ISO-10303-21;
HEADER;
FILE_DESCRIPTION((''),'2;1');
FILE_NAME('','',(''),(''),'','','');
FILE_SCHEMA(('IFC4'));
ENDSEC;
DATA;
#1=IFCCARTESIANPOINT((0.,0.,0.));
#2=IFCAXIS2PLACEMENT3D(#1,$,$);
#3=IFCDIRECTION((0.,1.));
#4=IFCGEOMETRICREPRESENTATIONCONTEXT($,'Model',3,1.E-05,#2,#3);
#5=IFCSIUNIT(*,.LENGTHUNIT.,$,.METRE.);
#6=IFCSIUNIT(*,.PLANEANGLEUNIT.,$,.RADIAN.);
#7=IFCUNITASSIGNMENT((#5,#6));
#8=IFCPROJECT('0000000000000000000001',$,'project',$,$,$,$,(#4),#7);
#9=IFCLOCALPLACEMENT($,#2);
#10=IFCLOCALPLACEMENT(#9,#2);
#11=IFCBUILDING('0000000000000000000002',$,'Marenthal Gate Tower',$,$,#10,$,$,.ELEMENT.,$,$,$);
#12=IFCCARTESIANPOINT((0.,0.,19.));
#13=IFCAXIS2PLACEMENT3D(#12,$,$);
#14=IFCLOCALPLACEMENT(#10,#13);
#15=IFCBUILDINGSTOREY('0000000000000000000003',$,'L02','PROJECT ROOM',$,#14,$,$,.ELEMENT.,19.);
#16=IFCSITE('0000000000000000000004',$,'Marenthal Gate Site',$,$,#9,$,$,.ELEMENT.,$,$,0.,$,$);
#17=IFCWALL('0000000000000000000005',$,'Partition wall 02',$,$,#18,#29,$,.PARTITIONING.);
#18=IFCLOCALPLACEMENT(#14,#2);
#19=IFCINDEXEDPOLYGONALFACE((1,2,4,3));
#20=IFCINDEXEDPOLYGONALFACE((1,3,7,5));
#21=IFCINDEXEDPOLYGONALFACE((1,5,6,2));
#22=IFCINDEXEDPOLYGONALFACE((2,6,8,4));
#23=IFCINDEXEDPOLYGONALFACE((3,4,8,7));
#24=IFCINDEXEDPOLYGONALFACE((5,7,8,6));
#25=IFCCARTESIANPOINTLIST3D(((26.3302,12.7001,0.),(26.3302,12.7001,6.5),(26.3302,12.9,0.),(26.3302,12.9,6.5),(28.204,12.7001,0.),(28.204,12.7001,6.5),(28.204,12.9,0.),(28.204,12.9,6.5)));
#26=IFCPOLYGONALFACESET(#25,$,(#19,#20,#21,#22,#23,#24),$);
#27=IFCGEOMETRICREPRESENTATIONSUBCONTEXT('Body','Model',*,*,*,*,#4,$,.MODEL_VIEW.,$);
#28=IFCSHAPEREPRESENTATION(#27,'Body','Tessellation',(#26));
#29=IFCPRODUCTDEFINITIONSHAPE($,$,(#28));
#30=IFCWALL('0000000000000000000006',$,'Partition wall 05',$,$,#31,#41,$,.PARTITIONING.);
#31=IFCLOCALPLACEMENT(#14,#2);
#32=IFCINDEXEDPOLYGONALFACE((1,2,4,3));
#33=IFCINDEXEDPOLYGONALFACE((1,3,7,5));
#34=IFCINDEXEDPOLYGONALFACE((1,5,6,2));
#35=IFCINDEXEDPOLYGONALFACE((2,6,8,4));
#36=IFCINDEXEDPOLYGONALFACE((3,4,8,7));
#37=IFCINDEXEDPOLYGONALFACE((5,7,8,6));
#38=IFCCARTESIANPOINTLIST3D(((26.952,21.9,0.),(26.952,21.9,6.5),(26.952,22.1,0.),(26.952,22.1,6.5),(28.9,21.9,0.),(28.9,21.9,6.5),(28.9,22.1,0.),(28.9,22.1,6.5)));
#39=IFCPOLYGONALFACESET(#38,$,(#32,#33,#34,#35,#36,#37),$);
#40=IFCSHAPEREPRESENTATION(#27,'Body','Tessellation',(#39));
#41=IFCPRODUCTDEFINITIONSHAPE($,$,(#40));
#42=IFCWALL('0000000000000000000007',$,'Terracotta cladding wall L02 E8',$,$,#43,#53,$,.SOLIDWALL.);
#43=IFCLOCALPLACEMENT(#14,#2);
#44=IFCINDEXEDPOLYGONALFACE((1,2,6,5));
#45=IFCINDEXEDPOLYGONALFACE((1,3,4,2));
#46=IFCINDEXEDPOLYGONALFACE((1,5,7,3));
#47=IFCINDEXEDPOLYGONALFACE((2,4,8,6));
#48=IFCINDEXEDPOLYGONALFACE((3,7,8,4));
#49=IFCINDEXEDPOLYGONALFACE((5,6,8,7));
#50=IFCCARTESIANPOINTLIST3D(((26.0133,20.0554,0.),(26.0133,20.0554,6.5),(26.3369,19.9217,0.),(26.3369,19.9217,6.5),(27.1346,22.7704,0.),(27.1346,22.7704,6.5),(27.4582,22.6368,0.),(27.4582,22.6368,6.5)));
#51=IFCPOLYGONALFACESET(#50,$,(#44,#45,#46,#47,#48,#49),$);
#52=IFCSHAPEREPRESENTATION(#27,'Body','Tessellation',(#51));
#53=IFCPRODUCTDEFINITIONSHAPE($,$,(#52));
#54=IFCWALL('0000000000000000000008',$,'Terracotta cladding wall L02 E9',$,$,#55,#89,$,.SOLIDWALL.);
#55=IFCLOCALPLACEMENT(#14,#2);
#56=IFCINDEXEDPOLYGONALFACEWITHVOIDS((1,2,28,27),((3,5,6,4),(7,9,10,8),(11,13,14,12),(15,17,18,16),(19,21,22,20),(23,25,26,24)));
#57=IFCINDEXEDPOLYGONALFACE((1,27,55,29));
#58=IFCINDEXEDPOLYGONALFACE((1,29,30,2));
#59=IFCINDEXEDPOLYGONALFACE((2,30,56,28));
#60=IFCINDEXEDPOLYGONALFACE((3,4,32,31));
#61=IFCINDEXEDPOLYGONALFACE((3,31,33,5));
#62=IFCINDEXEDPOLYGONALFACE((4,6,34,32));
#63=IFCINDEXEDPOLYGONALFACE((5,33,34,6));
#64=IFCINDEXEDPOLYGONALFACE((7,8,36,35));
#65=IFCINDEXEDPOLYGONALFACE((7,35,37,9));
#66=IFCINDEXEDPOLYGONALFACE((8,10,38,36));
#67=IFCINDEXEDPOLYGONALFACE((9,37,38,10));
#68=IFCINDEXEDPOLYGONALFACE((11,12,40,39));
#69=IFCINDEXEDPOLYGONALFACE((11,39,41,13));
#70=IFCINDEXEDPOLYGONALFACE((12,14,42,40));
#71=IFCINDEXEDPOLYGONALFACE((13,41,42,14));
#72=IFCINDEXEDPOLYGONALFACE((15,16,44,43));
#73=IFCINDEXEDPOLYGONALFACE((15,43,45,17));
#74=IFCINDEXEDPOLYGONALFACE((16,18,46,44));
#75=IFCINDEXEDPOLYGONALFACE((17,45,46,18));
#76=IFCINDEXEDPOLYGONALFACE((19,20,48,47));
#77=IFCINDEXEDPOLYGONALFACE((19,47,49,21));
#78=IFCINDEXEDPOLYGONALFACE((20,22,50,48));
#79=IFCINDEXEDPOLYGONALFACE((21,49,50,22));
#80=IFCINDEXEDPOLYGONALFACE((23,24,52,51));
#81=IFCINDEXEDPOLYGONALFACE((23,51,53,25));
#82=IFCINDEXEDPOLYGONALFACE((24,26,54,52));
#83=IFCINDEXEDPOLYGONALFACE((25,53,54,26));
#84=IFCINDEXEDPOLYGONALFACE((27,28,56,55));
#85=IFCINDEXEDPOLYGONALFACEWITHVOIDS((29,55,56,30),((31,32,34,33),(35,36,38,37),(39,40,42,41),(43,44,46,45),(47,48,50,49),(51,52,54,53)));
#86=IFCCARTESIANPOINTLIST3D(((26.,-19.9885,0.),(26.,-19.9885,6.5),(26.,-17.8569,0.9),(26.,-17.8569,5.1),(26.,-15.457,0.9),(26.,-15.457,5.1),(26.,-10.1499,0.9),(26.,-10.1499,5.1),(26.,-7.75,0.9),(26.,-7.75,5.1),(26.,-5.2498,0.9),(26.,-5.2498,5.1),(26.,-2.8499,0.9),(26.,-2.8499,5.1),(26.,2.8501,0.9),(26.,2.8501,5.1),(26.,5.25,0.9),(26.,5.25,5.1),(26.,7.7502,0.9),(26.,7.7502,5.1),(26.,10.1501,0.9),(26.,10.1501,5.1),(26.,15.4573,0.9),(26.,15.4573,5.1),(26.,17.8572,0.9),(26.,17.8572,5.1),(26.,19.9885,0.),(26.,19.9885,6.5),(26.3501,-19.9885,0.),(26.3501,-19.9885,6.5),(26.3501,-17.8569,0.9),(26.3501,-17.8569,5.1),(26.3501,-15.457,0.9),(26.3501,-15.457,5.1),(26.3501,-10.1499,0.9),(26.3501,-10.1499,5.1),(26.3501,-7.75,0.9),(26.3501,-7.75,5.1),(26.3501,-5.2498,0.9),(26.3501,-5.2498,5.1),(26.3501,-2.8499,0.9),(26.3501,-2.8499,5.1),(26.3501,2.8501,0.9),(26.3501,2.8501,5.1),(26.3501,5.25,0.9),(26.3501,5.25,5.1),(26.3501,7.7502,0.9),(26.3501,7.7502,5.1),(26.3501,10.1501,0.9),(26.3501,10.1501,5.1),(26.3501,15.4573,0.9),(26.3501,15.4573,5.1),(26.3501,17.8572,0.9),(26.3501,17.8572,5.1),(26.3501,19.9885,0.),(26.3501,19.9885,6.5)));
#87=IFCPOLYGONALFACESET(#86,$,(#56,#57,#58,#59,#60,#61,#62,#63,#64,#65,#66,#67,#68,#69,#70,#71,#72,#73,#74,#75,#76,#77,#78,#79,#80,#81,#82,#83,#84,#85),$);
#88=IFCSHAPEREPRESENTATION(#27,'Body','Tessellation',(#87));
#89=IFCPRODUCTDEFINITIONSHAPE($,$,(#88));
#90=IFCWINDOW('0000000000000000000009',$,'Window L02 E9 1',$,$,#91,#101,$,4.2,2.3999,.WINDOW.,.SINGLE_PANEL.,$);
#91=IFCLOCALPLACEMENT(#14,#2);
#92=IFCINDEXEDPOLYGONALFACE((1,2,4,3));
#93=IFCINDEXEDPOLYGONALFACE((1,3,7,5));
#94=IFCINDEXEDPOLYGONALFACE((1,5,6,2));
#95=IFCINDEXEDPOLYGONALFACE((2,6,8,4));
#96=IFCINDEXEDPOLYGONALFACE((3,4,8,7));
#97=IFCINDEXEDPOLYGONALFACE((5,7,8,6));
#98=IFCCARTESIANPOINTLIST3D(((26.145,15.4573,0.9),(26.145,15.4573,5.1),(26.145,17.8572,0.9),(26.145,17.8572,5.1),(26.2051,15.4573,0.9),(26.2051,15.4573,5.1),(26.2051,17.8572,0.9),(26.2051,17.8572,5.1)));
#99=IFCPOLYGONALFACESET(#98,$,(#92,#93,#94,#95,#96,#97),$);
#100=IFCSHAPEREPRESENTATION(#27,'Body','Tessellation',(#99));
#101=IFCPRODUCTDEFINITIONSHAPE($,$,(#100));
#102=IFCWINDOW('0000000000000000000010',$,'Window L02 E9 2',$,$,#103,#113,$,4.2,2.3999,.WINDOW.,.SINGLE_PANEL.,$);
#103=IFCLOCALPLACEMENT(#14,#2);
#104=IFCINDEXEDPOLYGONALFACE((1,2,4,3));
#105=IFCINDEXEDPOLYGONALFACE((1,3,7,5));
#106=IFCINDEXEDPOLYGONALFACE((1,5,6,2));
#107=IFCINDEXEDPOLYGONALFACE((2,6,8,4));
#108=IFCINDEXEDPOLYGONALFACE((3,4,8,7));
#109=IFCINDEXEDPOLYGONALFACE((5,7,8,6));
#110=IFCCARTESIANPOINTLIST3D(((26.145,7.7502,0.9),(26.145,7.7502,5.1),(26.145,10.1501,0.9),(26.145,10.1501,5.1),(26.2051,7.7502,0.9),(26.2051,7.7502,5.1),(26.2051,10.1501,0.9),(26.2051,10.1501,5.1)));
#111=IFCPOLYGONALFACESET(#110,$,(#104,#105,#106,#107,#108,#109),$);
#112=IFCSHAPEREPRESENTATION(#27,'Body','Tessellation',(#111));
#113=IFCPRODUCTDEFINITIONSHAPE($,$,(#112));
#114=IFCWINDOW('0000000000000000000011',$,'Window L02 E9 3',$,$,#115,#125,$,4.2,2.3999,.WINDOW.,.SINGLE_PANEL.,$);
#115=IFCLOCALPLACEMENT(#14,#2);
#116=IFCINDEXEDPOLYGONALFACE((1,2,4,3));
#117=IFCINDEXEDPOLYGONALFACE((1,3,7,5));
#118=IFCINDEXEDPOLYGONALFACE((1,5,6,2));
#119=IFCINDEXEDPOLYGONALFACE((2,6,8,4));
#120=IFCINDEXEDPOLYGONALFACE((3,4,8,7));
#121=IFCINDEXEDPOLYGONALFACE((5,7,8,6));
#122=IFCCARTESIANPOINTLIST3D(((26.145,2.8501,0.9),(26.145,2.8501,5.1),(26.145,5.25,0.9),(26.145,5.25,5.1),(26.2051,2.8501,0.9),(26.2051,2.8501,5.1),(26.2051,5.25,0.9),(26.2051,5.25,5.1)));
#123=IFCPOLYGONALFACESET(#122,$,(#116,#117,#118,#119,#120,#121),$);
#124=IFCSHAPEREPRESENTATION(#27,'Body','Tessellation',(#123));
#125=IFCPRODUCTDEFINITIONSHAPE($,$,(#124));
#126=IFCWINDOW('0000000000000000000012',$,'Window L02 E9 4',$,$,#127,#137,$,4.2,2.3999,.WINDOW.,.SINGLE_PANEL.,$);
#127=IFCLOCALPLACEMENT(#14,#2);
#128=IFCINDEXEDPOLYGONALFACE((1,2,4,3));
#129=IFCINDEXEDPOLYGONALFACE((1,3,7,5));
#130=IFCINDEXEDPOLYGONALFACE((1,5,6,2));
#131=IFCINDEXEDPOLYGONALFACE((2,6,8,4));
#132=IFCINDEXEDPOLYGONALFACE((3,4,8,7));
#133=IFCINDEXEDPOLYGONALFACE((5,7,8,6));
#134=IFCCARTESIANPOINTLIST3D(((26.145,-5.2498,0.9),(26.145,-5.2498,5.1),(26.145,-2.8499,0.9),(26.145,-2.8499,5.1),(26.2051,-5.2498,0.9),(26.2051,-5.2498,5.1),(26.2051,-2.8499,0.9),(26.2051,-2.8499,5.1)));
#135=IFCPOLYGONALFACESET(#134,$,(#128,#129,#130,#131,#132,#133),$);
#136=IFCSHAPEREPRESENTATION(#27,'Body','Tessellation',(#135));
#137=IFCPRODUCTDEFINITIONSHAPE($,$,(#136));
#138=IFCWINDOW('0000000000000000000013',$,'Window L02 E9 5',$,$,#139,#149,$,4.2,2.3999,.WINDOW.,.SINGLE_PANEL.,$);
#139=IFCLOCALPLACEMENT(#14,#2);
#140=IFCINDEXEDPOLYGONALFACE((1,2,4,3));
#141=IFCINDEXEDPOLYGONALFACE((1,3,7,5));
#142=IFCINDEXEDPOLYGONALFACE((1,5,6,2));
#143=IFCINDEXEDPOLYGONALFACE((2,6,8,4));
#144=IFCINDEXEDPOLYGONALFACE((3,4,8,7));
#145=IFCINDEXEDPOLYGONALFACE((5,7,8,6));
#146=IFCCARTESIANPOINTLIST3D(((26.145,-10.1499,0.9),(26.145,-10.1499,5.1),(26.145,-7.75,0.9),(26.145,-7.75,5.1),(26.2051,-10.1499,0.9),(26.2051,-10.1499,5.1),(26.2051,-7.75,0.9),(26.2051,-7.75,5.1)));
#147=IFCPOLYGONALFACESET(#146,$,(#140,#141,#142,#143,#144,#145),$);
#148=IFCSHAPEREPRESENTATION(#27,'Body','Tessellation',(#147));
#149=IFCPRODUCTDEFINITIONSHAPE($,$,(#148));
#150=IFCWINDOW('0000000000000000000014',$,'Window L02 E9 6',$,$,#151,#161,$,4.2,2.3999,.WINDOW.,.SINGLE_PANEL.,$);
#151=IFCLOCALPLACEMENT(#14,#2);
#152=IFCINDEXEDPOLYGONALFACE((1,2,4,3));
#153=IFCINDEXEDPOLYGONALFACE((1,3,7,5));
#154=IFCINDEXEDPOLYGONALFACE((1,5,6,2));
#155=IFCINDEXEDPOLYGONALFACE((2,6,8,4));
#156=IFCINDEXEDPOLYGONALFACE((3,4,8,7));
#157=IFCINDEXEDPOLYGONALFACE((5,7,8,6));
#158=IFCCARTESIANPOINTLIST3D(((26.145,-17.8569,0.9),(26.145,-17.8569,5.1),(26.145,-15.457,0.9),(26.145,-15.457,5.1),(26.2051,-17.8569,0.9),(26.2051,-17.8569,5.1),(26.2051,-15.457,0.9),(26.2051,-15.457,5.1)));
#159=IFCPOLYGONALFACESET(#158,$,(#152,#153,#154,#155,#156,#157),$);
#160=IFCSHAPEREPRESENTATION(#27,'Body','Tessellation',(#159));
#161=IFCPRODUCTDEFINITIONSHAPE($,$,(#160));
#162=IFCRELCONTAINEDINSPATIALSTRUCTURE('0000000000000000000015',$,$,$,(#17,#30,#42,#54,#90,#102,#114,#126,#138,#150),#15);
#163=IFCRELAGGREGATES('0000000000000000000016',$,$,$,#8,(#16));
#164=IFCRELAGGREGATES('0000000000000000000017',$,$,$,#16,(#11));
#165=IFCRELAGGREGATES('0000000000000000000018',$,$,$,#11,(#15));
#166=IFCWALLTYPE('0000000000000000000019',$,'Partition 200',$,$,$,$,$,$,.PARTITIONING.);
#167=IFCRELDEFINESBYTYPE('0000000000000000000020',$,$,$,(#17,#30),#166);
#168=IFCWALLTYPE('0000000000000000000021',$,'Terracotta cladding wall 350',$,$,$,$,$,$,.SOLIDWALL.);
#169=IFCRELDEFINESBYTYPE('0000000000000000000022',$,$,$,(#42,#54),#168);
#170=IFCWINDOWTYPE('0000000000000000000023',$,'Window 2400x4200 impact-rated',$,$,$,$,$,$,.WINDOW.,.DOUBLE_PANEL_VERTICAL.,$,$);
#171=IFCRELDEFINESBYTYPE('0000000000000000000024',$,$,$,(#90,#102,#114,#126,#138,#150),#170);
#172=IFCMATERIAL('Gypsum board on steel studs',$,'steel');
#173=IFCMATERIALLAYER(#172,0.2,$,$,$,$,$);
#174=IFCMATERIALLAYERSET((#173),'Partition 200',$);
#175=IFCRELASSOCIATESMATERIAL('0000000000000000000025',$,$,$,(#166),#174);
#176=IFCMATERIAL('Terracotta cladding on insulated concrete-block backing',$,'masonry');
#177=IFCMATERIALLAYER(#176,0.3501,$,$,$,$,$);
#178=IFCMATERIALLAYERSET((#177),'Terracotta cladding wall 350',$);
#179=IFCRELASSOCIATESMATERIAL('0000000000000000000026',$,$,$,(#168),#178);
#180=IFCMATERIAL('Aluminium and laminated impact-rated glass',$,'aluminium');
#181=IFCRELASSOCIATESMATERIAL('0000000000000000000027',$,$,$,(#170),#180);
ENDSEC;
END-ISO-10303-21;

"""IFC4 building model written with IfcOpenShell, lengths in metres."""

from ifc_helpers import new_model, si_unit, direction, frame, frame_2d, origin, place, context, subcontext, project, spatial, rectangle, extrude, material, layer, layer_set, type_object, element, fill, save


model = new_model("IFC4")

# Units and contexts
model_context = context("Model", 3, precision=1e-05, world=origin(), true_north=direction((0.0, 1.0)))
body_context = subcontext(model_context, "Body", "Model", "MODEL_VIEW")
ifc_project = project(units=[si_unit("LENGTHUNIT", "METRE"), si_unit("PLANEANGLEUNIT", "RADIAN")], contexts=[model_context])

# Site, building, storey
site_placement = place(None, origin())
site = spatial("IfcSite", under=ifc_project, at=site_placement, Name="Marenthal Gate Site", CompositionType="ELEMENT", RefElevation=0.0)
building_placement = place(site_placement, origin())
building = spatial("IfcBuilding", under=site, at=building_placement, Name="Marenthal Gate Tower", CompositionType="ELEMENT")
storey_placement = place(building_placement, frame((0.0, 0.0, 19.0)))
storey = spatial("IfcBuildingStorey", under=building, at=storey_placement, Name="L02", Description="PROJECT ROOM", CompositionType="ELEMENT", Elevation=19.0)

# Walls
ifc_material_1 = material(Name="Gypsum board on steel studs", Category="steel")
ifc_layer_1 = layer(ifc_material_1, 0.2)
ifc_layer_set_1 = layer_set([ifc_layer_1], Name="Partition 200")
wall_type_1 = type_object("IfcWallType", Name="Partition 200", PredefinedType="PARTITIONING", material=ifc_layer_set_1)
wall_1_placement = place(storey_placement, frame((26.3301, 12.8, 0.0), z_axis=(0.0, 0.0, 1.0), x_axis=(1.0, 0.0, 0.0)))
element("IfcWall", 1, at=wall_1_placement, inside=storey, type_object=wall_type_1, Name="Partition wall 02", PredefinedType="PARTITIONING", context=body_context, shape_type="SweptSolid", body=[
    extrude(rectangle(XDim=1.8738, YDim=0.2, at=frame_2d((0.937, 0.0))), origin(), (0.0, 0.0, 1.0), 6.5),
])
wall_2_placement = place(storey_placement, frame((26.9519, 22.0, 0.0), z_axis=(0.0, 0.0, 1.0), x_axis=(1.0, 0.0, 0.0)))
element("IfcWall", 2, at=wall_2_placement, inside=storey, type_object=wall_type_1, Name="Partition wall 05", PredefinedType="PARTITIONING", context=body_context, shape_type="SweptSolid", body=[
    extrude(rectangle(XDim=1.948, YDim=0.2, at=frame_2d((0.9741, 0.0))), origin(), (0.0, 0.0, 1.0), 6.5),
])
ifc_material_2 = material(Name="Terracotta cladding on insulated concrete-block backing", Category="masonry")
ifc_layer_2 = layer(ifc_material_2, 0.3501)
ifc_layer_set_2 = layer_set([ifc_layer_2], Name="Terracotta cladding wall 350")
wall_type_2 = type_object("IfcWallType", Name="Terracotta cladding wall 350", PredefinedType="SOLIDWALL", material=ifc_layer_set_2)
wall_3_placement = place(storey_placement, frame((27.2964, 22.7036, 0.0), z_axis=(0.0, 0.0, 1.0), x_axis=(-0.381728, -0.924275, 0.0)))
element("IfcWall", 3, at=wall_3_placement, inside=storey, type_object=wall_type_2, Name="Terracotta cladding wall L02 E8", PredefinedType="SOLIDWALL", context=body_context, shape_type="SweptSolid", body=[
    extrude(rectangle(XDim=2.9375, YDim=0.3501, at=frame_2d((1.4688, 0.0))), origin(), (0.0, 0.0, 1.0), 6.5),
])

# Wall, openings, windows
wall_4_placement = place(storey_placement, frame((26.175, 19.9885, 0.0), z_axis=(0.0, 0.0, 1.0), x_axis=(0.0, -1.0, 0.0)))
wall_4 = element("IfcWall", 4, at=wall_4_placement, inside=storey, type_object=wall_type_2, Name="Terracotta cladding wall L02 E9", PredefinedType="SOLIDWALL", context=body_context, shape_type="SweptSolid", body=[
    extrude(rectangle(XDim=39.9771, YDim=0.3501, at=frame_2d((19.9885, 0.0))), origin(), (0.0, 0.0, 1.0), 6.5),
])
opening_1_placement = place(wall_4_placement, frame((2.1313, 0.0, 0.8999)))
opening_1 = element("IfcOpeningElement", 5, at=opening_1_placement, cuts=wall_4, PredefinedType="OPENING", context=body_context, shape_type="SweptSolid", body=[
    extrude(rectangle(XDim=2.3999, YDim=4.2, at=frame_2d((1.2, 2.1001))), frame((0.0, 0.1851, 0.0), z_axis=(0.0, -1.0, 0.0), x_axis=(1.0, 0.0, 0.0)), (0.0, 0.0, 1.0), 0.3701),
])
opening_2_placement = place(wall_4_placement, frame((9.8384, 0.0, 0.8999)))
opening_2 = element("IfcOpeningElement", 6, at=opening_2_placement, cuts=wall_4, PredefinedType="OPENING", context=body_context, shape_type="SweptSolid", body=[
    extrude(rectangle(XDim=2.3999, YDim=4.2, at=frame_2d((1.2, 2.1001))), frame((0.0, 0.1851, 0.0), z_axis=(0.0, -1.0, 0.0), x_axis=(1.0, 0.0, 0.0)), (0.0, 0.0, 1.0), 0.3701),
])
opening_3_placement = place(wall_4_placement, frame((14.7385, 0.0, 0.8999)))
opening_3 = element("IfcOpeningElement", 7, at=opening_3_placement, cuts=wall_4, PredefinedType="OPENING", context=body_context, shape_type="SweptSolid", body=[
    extrude(rectangle(XDim=2.3999, YDim=4.2, at=frame_2d((1.2, 2.1001))), frame((0.0, 0.1851, 0.0), z_axis=(0.0, -1.0, 0.0), x_axis=(1.0, 0.0, 0.0)), (0.0, 0.0, 1.0), 0.3701),
])
opening_4_placement = place(wall_4_placement, frame((22.8384, 0.0, 0.8999)))
opening_4 = element("IfcOpeningElement", 8, at=opening_4_placement, cuts=wall_4, PredefinedType="OPENING", context=body_context, shape_type="SweptSolid", body=[
    extrude(rectangle(XDim=2.3999, YDim=4.2, at=frame_2d((1.2, 2.1001))), frame((0.0, 0.1851, 0.0), z_axis=(0.0, -1.0, 0.0), x_axis=(1.0, 0.0, 0.0)), (0.0, 0.0, 1.0), 0.3701),
])
opening_5_placement = place(wall_4_placement, frame((27.7385, 0.0, 0.8999)))
opening_5 = element("IfcOpeningElement", 9, at=opening_5_placement, cuts=wall_4, PredefinedType="OPENING", context=body_context, shape_type="SweptSolid", body=[
    extrude(rectangle(XDim=2.3999, YDim=4.2, at=frame_2d((1.2, 2.1001))), frame((0.0, 0.1851, 0.0), z_axis=(0.0, -1.0, 0.0), x_axis=(1.0, 0.0, 0.0)), (0.0, 0.0, 1.0), 0.3701),
])
opening_6_placement = place(wall_4_placement, frame((35.4456, 0.0, 0.8999)))
opening_6 = element("IfcOpeningElement", 10, at=opening_6_placement, cuts=wall_4, PredefinedType="OPENING", context=body_context, shape_type="SweptSolid", body=[
    extrude(rectangle(XDim=2.3999, YDim=4.2, at=frame_2d((1.2, 2.1001))), frame((0.0, 0.1851, 0.0), z_axis=(0.0, -1.0, 0.0), x_axis=(1.0, 0.0, 0.0)), (0.0, 0.0, 1.0), 0.3701),
])
ifc_material_3 = material(Name="Aluminium and laminated impact-rated glass", Category="aluminium")
window_type = type_object("IfcWindowType", Name="Window 2400x4200 impact-rated", PartitioningType="DOUBLE_PANEL_VERTICAL", PredefinedType="WINDOW", material=ifc_material_3)
window_1_placement = place(opening_1_placement, origin())
window_1 = element("IfcWindow", 11, at=window_1_placement, inside=storey, type_object=window_type, Name="Window L02 E9 1", OverallHeight=4.2, OverallWidth=2.3999, PartitioningType="SINGLE_PANEL", PredefinedType="WINDOW", context=body_context, shape_type="SweptSolid", body=[
    extrude(rectangle(XDim=2.3999, YDim=4.2, at=frame_2d((1.2, 2.1001))), frame((0.0, 0.03, 0.0), z_axis=(0.0, -1.0, 0.0), x_axis=(1.0, 0.0, 0.0)), (0.0, 0.0, 1.0), 0.0601),
])
fill(opening_1, window_1)
window_2_placement = place(opening_2_placement, origin())
window_2 = element("IfcWindow", 12, at=window_2_placement, inside=storey, type_object=window_type, Name="Window L02 E9 2", OverallHeight=4.2, OverallWidth=2.3999, PartitioningType="SINGLE_PANEL", PredefinedType="WINDOW", context=body_context, shape_type="SweptSolid", body=[
    extrude(rectangle(XDim=2.3999, YDim=4.2, at=frame_2d((1.2, 2.1001))), frame((0.0, 0.03, 0.0), z_axis=(0.0, -1.0, 0.0), x_axis=(1.0, 0.0, 0.0)), (0.0, 0.0, 1.0), 0.0601),
])
fill(opening_2, window_2)
window_3_placement = place(opening_3_placement, origin())
window_3 = element("IfcWindow", 13, at=window_3_placement, inside=storey, type_object=window_type, Name="Window L02 E9 3", OverallHeight=4.2, OverallWidth=2.3999, PartitioningType="SINGLE_PANEL", PredefinedType="WINDOW", context=body_context, shape_type="SweptSolid", body=[
    extrude(rectangle(XDim=2.3999, YDim=4.2, at=frame_2d((1.2, 2.1001))), frame((0.0, 0.03, 0.0), z_axis=(0.0, -1.0, 0.0), x_axis=(1.0, 0.0, 0.0)), (0.0, 0.0, 1.0), 0.0601),
])
fill(opening_3, window_3)
window_4_placement = place(opening_4_placement, origin())
window_4 = element("IfcWindow", 14, at=window_4_placement, inside=storey, type_object=window_type, Name="Window L02 E9 4", OverallHeight=4.2, OverallWidth=2.3999, PartitioningType="SINGLE_PANEL", PredefinedType="WINDOW", context=body_context, shape_type="SweptSolid", body=[
    extrude(rectangle(XDim=2.3999, YDim=4.2, at=frame_2d((1.2, 2.1001))), frame((0.0, 0.03, 0.0), z_axis=(0.0, -1.0, 0.0), x_axis=(1.0, 0.0, 0.0)), (0.0, 0.0, 1.0), 0.0601),
])
fill(opening_4, window_4)
window_5_placement = place(opening_5_placement, origin())
window_5 = element("IfcWindow", 15, at=window_5_placement, inside=storey, type_object=window_type, Name="Window L02 E9 5", OverallHeight=4.2, OverallWidth=2.3999, PartitioningType="SINGLE_PANEL", PredefinedType="WINDOW", context=body_context, shape_type="SweptSolid", body=[
    extrude(rectangle(XDim=2.3999, YDim=4.2, at=frame_2d((1.2, 2.1001))), frame((0.0, 0.03, 0.0), z_axis=(0.0, -1.0, 0.0), x_axis=(1.0, 0.0, 0.0)), (0.0, 0.0, 1.0), 0.0601),
])
fill(opening_5, window_5)
window_6_placement = place(opening_6_placement, origin())
window_6 = element("IfcWindow", 16, at=window_6_placement, inside=storey, type_object=window_type, Name="Window L02 E9 6", OverallHeight=4.2, OverallWidth=2.3999, PartitioningType="SINGLE_PANEL", PredefinedType="WINDOW", context=body_context, shape_type="SweptSolid", body=[
    extrude(rectangle(XDim=2.3999, YDim=4.2, at=frame_2d((1.2, 2.1001))), frame((0.0, 0.03, 0.0), z_axis=(0.0, -1.0, 0.0), x_axis=(1.0, 0.0, 0.0)), (0.0, 0.0, 1.0), 0.0601),
])
fill(opening_6, window_6)

save(model, "model.ifc")
